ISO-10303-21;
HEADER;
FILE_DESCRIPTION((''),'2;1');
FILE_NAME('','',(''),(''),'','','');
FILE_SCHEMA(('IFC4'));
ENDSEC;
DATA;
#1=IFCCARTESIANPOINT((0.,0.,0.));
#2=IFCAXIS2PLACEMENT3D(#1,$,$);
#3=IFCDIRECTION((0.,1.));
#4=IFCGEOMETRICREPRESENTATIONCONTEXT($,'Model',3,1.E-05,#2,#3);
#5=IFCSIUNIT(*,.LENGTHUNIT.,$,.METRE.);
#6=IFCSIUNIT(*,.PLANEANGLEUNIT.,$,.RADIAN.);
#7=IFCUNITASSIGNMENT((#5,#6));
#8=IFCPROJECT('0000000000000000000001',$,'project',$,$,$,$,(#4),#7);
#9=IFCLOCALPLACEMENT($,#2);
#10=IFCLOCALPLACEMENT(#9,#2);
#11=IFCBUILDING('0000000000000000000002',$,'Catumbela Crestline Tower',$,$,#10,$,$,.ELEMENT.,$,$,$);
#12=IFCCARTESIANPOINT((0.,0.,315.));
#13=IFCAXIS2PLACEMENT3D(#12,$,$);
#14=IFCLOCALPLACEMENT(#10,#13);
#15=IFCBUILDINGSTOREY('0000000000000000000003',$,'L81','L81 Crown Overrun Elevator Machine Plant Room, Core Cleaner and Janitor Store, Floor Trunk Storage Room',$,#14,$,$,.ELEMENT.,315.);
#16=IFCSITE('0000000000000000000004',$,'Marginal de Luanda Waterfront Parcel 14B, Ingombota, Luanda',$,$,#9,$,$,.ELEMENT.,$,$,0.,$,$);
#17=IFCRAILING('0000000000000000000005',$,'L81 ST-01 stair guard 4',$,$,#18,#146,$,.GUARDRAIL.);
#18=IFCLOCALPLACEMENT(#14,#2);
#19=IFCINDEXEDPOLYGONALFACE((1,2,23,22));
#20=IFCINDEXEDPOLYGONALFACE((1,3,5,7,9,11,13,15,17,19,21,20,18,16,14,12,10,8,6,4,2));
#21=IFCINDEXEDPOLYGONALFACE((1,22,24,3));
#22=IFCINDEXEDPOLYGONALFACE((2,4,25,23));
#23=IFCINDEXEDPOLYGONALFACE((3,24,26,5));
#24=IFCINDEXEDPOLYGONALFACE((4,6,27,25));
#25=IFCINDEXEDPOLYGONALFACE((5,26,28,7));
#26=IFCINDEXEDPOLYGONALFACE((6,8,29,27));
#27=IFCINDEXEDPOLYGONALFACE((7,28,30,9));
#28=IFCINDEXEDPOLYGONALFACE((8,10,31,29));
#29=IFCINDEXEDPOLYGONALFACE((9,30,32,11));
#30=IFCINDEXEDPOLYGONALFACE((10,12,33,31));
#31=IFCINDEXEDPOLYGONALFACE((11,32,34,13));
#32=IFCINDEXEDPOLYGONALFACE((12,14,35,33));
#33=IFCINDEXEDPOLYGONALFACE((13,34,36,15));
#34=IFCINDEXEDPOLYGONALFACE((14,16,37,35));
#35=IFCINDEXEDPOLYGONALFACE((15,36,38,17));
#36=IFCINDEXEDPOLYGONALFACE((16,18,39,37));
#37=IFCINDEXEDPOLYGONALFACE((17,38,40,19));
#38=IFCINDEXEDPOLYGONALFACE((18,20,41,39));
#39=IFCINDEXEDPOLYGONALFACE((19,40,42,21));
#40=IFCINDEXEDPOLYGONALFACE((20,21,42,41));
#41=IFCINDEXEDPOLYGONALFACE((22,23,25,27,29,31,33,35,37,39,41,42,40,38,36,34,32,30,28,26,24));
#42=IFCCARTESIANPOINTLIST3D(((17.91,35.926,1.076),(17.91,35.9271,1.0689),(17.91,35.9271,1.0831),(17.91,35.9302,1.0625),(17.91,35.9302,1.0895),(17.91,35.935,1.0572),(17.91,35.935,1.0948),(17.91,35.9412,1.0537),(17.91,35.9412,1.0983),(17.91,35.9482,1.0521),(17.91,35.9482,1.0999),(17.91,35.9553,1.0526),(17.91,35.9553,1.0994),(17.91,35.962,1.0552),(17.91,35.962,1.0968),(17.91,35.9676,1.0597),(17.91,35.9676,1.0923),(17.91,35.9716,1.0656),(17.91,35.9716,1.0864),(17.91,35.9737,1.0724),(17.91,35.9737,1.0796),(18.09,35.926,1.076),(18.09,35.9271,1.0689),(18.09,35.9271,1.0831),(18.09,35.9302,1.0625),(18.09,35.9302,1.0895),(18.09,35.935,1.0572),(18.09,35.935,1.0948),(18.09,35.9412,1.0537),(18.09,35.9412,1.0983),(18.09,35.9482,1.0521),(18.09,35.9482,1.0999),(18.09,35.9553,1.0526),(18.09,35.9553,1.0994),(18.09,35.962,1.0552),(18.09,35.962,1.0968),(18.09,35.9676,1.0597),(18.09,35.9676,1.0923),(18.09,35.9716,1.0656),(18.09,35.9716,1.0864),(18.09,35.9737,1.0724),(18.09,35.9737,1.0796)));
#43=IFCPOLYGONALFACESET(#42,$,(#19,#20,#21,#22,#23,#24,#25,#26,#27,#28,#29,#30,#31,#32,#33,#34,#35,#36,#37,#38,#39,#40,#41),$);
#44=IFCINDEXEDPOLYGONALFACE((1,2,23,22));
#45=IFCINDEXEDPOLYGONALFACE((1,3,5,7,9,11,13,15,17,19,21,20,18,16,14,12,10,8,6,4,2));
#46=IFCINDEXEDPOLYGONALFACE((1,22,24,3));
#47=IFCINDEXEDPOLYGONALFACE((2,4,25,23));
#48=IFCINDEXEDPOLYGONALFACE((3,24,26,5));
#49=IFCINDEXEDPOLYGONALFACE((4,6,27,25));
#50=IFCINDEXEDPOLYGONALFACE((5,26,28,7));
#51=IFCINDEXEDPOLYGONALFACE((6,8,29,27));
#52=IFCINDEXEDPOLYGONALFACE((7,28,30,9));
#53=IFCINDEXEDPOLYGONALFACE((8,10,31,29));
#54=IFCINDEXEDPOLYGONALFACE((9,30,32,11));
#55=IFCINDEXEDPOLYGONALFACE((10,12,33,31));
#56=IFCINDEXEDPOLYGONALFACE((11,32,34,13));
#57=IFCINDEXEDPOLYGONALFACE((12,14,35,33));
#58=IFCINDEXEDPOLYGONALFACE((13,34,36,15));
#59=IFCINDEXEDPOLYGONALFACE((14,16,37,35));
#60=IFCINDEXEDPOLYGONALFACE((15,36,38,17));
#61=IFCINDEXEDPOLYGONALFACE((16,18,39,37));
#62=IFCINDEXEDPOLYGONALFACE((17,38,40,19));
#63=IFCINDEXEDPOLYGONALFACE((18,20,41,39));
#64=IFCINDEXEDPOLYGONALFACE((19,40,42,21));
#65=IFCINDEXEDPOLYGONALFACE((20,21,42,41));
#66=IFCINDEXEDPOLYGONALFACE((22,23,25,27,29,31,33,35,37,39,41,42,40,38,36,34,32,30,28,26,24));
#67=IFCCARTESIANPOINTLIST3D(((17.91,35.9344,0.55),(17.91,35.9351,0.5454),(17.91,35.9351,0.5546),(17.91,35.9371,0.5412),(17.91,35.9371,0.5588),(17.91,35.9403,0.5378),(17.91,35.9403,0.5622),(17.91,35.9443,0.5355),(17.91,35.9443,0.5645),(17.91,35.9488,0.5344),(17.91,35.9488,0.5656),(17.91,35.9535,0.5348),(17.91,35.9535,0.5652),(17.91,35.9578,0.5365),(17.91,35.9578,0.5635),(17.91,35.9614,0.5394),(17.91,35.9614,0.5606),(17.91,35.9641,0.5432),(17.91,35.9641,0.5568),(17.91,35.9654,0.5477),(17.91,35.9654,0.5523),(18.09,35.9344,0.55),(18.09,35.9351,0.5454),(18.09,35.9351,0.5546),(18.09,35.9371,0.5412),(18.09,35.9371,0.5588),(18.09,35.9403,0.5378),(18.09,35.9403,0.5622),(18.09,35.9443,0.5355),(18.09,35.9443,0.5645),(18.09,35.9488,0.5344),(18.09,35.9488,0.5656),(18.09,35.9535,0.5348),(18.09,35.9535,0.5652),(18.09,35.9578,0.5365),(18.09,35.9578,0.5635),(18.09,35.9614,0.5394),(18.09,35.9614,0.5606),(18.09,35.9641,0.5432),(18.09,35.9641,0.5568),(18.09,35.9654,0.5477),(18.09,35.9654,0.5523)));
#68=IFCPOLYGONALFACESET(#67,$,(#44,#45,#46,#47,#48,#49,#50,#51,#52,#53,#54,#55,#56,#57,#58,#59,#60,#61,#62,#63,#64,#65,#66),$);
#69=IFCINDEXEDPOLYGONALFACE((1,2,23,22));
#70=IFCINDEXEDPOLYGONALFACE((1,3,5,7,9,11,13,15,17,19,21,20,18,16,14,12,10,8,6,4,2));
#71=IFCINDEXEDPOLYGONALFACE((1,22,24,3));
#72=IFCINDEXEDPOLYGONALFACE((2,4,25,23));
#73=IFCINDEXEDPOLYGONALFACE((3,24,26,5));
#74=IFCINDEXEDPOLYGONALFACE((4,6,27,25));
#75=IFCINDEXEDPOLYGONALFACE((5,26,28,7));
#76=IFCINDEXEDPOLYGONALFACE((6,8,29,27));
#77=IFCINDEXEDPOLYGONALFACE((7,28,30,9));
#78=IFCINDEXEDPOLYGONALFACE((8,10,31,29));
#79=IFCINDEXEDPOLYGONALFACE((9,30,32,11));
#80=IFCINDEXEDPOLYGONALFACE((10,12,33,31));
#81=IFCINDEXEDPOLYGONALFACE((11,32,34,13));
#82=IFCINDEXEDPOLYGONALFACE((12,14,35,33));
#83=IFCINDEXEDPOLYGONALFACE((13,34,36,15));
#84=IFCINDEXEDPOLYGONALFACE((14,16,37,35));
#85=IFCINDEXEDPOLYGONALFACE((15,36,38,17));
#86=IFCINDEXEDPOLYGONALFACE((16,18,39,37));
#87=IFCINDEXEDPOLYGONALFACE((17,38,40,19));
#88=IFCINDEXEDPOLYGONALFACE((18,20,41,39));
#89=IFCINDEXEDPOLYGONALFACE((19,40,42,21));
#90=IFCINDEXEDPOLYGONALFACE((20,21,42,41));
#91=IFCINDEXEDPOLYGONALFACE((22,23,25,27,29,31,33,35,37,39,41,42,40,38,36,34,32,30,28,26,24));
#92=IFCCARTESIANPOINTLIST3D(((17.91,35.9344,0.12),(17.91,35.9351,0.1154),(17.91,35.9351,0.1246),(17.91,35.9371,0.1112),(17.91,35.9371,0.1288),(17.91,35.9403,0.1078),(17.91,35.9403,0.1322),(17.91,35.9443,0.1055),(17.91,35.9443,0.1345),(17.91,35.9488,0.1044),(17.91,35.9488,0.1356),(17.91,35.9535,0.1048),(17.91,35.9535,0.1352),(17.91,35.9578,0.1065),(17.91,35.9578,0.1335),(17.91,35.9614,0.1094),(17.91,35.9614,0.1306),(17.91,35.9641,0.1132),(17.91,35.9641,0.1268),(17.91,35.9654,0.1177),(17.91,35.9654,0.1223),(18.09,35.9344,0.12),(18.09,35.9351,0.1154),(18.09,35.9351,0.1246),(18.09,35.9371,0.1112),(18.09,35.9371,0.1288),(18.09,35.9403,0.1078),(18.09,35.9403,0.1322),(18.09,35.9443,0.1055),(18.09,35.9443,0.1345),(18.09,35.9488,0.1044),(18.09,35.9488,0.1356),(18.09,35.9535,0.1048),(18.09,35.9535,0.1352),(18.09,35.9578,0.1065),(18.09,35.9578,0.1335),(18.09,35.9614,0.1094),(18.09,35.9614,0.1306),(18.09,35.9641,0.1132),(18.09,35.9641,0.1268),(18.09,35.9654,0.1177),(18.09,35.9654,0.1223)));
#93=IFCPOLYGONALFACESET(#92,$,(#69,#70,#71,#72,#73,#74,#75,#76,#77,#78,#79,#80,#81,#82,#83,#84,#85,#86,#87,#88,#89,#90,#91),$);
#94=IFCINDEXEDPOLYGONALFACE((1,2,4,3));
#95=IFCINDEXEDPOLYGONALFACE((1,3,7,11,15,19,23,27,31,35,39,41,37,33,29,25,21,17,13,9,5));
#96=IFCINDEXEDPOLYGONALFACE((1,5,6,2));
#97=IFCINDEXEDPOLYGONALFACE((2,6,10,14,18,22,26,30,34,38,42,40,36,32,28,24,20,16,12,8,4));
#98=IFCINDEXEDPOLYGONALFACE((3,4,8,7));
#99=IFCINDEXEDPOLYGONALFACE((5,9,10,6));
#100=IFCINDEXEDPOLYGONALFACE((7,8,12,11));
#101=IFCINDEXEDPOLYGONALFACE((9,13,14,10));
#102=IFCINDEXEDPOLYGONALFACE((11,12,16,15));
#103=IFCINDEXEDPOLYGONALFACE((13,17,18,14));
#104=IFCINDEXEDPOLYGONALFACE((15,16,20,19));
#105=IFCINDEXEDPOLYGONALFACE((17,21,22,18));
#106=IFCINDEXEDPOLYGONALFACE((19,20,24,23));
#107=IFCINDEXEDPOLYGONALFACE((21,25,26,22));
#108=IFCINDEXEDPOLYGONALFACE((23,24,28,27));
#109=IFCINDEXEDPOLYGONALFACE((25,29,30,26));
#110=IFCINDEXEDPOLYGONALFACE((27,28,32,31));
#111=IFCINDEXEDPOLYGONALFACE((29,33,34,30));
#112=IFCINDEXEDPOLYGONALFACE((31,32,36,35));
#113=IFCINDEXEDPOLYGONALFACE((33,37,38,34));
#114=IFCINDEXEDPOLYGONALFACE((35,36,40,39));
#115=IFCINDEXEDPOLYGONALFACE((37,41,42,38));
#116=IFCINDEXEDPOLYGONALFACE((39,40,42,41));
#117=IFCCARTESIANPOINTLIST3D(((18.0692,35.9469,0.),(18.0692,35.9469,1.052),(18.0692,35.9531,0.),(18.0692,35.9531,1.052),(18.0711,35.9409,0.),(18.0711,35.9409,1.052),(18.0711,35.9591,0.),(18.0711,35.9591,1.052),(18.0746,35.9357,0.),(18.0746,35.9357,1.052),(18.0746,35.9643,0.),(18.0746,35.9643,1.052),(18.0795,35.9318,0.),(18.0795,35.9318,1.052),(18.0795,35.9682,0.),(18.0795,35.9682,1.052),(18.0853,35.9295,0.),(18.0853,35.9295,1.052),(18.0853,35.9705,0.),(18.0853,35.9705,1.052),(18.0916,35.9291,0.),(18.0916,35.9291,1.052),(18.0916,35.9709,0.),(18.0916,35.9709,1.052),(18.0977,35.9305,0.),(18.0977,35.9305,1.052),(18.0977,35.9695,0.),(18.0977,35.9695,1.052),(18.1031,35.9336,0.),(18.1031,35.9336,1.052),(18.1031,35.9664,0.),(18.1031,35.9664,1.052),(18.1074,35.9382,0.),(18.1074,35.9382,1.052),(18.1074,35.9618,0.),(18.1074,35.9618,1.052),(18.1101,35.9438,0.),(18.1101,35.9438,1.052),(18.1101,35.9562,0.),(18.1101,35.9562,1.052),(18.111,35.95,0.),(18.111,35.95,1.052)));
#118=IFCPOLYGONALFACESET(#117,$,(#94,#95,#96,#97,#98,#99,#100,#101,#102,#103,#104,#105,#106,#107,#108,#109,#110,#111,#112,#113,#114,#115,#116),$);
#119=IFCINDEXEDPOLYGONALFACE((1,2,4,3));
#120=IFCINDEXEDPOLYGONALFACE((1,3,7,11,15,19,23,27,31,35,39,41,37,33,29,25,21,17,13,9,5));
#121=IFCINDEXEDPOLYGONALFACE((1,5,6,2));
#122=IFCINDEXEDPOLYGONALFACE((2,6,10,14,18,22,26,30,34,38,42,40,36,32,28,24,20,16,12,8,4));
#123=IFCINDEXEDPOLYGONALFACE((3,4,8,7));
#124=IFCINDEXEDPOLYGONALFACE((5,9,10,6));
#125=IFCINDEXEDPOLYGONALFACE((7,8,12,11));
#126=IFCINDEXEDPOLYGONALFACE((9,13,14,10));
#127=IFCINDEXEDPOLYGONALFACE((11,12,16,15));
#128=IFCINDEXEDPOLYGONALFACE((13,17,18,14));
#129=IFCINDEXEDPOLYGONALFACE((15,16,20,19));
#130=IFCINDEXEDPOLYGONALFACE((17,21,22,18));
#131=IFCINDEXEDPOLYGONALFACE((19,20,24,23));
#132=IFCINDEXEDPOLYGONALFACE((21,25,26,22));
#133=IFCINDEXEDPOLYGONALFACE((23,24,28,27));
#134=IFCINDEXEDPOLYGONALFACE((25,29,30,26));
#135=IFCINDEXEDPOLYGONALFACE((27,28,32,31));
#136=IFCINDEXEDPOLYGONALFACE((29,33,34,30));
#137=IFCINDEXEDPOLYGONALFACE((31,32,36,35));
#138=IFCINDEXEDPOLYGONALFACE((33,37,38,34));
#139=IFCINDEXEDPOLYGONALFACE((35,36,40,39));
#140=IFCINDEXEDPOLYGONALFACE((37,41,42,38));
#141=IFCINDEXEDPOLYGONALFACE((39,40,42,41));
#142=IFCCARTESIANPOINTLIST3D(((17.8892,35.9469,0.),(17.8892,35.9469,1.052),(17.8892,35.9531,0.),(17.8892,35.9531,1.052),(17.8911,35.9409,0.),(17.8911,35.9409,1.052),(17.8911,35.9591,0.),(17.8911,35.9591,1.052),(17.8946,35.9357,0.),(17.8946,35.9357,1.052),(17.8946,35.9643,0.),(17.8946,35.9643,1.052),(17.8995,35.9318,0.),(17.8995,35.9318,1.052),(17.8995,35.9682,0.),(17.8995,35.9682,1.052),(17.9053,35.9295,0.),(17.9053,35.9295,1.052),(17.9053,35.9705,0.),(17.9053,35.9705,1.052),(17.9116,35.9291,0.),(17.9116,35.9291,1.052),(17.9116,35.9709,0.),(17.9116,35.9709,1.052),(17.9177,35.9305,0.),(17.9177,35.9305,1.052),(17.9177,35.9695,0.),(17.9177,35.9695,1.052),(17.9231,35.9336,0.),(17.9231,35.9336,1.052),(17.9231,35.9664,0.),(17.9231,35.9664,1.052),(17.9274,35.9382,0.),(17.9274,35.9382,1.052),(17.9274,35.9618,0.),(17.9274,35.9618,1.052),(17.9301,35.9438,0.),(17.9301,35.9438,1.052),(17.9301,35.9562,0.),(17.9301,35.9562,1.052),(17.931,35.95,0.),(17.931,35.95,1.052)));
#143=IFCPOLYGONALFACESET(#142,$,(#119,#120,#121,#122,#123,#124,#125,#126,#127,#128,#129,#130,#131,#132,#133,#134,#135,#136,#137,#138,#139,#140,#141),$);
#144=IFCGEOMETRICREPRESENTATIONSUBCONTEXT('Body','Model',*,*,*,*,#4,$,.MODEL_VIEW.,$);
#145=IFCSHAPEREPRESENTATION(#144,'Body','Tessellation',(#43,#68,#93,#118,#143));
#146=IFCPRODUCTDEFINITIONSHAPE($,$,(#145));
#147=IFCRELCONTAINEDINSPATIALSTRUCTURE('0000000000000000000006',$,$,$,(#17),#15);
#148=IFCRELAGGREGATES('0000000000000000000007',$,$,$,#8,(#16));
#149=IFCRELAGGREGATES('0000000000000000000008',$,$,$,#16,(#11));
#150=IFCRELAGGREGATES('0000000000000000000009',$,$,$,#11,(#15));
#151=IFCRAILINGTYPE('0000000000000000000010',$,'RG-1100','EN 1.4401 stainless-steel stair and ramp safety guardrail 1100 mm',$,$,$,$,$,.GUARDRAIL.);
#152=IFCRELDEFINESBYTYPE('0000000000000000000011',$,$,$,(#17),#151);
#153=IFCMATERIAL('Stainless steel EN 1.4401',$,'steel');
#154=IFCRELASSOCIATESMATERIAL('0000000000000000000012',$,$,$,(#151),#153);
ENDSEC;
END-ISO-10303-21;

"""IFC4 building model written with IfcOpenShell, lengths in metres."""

from ifc_helpers import new_model, si_unit, direction, frame, origin, origin_2d, place, context, subcontext, project, spatial, circle, extrude, material, type_object, element, save


model = new_model("IFC4")

# Units and contexts
model_context = context("Model", 3, precision=1e-05, world=origin(), true_north=direction((0.0, 1.0)))
body_context = subcontext(model_context, "Body", "Model", "MODEL_VIEW")
ifc_project = project(units=[si_unit("LENGTHUNIT", "METRE"), si_unit("PLANEANGLEUNIT", "RADIAN")], contexts=[model_context])

# Site, building, storey
site_placement = place(None, origin())
site = spatial("IfcSite", under=ifc_project, at=site_placement, Name="Marginal de Luanda Waterfront Parcel 14B, Ingombota, Luanda", CompositionType="ELEMENT", RefElevation=0.0)
building_placement = place(site_placement, origin())
building = spatial("IfcBuilding", under=site, at=building_placement, Name="Catumbela Crestline Tower", CompositionType="ELEMENT")
storey_placement = place(building_placement, frame((0.0, 0.0, 315.0)))
storey = spatial("IfcBuildingStorey", under=building, at=storey_placement, Name="L81", Description="L81 Crown Overrun Elevator Machine Plant Room, Core Cleaner and Janitor Store, Floor Trunk Storage Room", CompositionType="ELEMENT", Elevation=315.0)

# Shared definitions
ifc_material_1 = material(Name="Stainless steel EN 1.4401", Category="steel")

# Railing
railing_type_1 = type_object("IfcRailingType", Name="RG-1100", Description="EN 1.4401 stainless-steel stair and ramp safety guardrail 1100 mm", PredefinedType="GUARDRAIL", material=ifc_material_1)
railing_1_placement = place(storey_placement, frame((18.09, 35.95, 0.0)))
element("IfcRailing", 1, at=railing_1_placement, inside=storey, type_object=railing_type_1, Name="L81 ST-01 stair guard 4", PredefinedType="GUARDRAIL", context=body_context, shape_type="SweptSolid", body=[
    extrude(circle(Radius=0.024, at=origin_2d()), frame((0.0, 0.0, 1.076), z_axis=(-1.0, 0.0, 0.0), x_axis=(0.0, -1.0, 0.0)), (0.0, 0.0, 1.0), 0.18),
    extrude(circle(Radius=0.0156, at=origin_2d()), frame((0.0, 0.0, 0.55), z_axis=(-1.0, 0.0, 0.0), x_axis=(0.0, -1.0, 0.0)), (0.0, 0.0, 1.0), 0.18),
    extrude(circle(Radius=0.0156, at=origin_2d()), frame((0.0, 0.0, 0.12), z_axis=(-1.0, 0.0, 0.0), x_axis=(0.0, -1.0, 0.0)), (0.0, 0.0, 1.0), 0.18),
    extrude(circle(Radius=0.021, at=origin_2d()), origin(), (0.0, 0.0, 1.0), 1.052),
    extrude(circle(Radius=0.021, at=origin_2d()), frame((-0.18, 0.0, 0.0)), (0.0, 0.0, 1.0), 1.052),
])

save(model, "model.ifc")
